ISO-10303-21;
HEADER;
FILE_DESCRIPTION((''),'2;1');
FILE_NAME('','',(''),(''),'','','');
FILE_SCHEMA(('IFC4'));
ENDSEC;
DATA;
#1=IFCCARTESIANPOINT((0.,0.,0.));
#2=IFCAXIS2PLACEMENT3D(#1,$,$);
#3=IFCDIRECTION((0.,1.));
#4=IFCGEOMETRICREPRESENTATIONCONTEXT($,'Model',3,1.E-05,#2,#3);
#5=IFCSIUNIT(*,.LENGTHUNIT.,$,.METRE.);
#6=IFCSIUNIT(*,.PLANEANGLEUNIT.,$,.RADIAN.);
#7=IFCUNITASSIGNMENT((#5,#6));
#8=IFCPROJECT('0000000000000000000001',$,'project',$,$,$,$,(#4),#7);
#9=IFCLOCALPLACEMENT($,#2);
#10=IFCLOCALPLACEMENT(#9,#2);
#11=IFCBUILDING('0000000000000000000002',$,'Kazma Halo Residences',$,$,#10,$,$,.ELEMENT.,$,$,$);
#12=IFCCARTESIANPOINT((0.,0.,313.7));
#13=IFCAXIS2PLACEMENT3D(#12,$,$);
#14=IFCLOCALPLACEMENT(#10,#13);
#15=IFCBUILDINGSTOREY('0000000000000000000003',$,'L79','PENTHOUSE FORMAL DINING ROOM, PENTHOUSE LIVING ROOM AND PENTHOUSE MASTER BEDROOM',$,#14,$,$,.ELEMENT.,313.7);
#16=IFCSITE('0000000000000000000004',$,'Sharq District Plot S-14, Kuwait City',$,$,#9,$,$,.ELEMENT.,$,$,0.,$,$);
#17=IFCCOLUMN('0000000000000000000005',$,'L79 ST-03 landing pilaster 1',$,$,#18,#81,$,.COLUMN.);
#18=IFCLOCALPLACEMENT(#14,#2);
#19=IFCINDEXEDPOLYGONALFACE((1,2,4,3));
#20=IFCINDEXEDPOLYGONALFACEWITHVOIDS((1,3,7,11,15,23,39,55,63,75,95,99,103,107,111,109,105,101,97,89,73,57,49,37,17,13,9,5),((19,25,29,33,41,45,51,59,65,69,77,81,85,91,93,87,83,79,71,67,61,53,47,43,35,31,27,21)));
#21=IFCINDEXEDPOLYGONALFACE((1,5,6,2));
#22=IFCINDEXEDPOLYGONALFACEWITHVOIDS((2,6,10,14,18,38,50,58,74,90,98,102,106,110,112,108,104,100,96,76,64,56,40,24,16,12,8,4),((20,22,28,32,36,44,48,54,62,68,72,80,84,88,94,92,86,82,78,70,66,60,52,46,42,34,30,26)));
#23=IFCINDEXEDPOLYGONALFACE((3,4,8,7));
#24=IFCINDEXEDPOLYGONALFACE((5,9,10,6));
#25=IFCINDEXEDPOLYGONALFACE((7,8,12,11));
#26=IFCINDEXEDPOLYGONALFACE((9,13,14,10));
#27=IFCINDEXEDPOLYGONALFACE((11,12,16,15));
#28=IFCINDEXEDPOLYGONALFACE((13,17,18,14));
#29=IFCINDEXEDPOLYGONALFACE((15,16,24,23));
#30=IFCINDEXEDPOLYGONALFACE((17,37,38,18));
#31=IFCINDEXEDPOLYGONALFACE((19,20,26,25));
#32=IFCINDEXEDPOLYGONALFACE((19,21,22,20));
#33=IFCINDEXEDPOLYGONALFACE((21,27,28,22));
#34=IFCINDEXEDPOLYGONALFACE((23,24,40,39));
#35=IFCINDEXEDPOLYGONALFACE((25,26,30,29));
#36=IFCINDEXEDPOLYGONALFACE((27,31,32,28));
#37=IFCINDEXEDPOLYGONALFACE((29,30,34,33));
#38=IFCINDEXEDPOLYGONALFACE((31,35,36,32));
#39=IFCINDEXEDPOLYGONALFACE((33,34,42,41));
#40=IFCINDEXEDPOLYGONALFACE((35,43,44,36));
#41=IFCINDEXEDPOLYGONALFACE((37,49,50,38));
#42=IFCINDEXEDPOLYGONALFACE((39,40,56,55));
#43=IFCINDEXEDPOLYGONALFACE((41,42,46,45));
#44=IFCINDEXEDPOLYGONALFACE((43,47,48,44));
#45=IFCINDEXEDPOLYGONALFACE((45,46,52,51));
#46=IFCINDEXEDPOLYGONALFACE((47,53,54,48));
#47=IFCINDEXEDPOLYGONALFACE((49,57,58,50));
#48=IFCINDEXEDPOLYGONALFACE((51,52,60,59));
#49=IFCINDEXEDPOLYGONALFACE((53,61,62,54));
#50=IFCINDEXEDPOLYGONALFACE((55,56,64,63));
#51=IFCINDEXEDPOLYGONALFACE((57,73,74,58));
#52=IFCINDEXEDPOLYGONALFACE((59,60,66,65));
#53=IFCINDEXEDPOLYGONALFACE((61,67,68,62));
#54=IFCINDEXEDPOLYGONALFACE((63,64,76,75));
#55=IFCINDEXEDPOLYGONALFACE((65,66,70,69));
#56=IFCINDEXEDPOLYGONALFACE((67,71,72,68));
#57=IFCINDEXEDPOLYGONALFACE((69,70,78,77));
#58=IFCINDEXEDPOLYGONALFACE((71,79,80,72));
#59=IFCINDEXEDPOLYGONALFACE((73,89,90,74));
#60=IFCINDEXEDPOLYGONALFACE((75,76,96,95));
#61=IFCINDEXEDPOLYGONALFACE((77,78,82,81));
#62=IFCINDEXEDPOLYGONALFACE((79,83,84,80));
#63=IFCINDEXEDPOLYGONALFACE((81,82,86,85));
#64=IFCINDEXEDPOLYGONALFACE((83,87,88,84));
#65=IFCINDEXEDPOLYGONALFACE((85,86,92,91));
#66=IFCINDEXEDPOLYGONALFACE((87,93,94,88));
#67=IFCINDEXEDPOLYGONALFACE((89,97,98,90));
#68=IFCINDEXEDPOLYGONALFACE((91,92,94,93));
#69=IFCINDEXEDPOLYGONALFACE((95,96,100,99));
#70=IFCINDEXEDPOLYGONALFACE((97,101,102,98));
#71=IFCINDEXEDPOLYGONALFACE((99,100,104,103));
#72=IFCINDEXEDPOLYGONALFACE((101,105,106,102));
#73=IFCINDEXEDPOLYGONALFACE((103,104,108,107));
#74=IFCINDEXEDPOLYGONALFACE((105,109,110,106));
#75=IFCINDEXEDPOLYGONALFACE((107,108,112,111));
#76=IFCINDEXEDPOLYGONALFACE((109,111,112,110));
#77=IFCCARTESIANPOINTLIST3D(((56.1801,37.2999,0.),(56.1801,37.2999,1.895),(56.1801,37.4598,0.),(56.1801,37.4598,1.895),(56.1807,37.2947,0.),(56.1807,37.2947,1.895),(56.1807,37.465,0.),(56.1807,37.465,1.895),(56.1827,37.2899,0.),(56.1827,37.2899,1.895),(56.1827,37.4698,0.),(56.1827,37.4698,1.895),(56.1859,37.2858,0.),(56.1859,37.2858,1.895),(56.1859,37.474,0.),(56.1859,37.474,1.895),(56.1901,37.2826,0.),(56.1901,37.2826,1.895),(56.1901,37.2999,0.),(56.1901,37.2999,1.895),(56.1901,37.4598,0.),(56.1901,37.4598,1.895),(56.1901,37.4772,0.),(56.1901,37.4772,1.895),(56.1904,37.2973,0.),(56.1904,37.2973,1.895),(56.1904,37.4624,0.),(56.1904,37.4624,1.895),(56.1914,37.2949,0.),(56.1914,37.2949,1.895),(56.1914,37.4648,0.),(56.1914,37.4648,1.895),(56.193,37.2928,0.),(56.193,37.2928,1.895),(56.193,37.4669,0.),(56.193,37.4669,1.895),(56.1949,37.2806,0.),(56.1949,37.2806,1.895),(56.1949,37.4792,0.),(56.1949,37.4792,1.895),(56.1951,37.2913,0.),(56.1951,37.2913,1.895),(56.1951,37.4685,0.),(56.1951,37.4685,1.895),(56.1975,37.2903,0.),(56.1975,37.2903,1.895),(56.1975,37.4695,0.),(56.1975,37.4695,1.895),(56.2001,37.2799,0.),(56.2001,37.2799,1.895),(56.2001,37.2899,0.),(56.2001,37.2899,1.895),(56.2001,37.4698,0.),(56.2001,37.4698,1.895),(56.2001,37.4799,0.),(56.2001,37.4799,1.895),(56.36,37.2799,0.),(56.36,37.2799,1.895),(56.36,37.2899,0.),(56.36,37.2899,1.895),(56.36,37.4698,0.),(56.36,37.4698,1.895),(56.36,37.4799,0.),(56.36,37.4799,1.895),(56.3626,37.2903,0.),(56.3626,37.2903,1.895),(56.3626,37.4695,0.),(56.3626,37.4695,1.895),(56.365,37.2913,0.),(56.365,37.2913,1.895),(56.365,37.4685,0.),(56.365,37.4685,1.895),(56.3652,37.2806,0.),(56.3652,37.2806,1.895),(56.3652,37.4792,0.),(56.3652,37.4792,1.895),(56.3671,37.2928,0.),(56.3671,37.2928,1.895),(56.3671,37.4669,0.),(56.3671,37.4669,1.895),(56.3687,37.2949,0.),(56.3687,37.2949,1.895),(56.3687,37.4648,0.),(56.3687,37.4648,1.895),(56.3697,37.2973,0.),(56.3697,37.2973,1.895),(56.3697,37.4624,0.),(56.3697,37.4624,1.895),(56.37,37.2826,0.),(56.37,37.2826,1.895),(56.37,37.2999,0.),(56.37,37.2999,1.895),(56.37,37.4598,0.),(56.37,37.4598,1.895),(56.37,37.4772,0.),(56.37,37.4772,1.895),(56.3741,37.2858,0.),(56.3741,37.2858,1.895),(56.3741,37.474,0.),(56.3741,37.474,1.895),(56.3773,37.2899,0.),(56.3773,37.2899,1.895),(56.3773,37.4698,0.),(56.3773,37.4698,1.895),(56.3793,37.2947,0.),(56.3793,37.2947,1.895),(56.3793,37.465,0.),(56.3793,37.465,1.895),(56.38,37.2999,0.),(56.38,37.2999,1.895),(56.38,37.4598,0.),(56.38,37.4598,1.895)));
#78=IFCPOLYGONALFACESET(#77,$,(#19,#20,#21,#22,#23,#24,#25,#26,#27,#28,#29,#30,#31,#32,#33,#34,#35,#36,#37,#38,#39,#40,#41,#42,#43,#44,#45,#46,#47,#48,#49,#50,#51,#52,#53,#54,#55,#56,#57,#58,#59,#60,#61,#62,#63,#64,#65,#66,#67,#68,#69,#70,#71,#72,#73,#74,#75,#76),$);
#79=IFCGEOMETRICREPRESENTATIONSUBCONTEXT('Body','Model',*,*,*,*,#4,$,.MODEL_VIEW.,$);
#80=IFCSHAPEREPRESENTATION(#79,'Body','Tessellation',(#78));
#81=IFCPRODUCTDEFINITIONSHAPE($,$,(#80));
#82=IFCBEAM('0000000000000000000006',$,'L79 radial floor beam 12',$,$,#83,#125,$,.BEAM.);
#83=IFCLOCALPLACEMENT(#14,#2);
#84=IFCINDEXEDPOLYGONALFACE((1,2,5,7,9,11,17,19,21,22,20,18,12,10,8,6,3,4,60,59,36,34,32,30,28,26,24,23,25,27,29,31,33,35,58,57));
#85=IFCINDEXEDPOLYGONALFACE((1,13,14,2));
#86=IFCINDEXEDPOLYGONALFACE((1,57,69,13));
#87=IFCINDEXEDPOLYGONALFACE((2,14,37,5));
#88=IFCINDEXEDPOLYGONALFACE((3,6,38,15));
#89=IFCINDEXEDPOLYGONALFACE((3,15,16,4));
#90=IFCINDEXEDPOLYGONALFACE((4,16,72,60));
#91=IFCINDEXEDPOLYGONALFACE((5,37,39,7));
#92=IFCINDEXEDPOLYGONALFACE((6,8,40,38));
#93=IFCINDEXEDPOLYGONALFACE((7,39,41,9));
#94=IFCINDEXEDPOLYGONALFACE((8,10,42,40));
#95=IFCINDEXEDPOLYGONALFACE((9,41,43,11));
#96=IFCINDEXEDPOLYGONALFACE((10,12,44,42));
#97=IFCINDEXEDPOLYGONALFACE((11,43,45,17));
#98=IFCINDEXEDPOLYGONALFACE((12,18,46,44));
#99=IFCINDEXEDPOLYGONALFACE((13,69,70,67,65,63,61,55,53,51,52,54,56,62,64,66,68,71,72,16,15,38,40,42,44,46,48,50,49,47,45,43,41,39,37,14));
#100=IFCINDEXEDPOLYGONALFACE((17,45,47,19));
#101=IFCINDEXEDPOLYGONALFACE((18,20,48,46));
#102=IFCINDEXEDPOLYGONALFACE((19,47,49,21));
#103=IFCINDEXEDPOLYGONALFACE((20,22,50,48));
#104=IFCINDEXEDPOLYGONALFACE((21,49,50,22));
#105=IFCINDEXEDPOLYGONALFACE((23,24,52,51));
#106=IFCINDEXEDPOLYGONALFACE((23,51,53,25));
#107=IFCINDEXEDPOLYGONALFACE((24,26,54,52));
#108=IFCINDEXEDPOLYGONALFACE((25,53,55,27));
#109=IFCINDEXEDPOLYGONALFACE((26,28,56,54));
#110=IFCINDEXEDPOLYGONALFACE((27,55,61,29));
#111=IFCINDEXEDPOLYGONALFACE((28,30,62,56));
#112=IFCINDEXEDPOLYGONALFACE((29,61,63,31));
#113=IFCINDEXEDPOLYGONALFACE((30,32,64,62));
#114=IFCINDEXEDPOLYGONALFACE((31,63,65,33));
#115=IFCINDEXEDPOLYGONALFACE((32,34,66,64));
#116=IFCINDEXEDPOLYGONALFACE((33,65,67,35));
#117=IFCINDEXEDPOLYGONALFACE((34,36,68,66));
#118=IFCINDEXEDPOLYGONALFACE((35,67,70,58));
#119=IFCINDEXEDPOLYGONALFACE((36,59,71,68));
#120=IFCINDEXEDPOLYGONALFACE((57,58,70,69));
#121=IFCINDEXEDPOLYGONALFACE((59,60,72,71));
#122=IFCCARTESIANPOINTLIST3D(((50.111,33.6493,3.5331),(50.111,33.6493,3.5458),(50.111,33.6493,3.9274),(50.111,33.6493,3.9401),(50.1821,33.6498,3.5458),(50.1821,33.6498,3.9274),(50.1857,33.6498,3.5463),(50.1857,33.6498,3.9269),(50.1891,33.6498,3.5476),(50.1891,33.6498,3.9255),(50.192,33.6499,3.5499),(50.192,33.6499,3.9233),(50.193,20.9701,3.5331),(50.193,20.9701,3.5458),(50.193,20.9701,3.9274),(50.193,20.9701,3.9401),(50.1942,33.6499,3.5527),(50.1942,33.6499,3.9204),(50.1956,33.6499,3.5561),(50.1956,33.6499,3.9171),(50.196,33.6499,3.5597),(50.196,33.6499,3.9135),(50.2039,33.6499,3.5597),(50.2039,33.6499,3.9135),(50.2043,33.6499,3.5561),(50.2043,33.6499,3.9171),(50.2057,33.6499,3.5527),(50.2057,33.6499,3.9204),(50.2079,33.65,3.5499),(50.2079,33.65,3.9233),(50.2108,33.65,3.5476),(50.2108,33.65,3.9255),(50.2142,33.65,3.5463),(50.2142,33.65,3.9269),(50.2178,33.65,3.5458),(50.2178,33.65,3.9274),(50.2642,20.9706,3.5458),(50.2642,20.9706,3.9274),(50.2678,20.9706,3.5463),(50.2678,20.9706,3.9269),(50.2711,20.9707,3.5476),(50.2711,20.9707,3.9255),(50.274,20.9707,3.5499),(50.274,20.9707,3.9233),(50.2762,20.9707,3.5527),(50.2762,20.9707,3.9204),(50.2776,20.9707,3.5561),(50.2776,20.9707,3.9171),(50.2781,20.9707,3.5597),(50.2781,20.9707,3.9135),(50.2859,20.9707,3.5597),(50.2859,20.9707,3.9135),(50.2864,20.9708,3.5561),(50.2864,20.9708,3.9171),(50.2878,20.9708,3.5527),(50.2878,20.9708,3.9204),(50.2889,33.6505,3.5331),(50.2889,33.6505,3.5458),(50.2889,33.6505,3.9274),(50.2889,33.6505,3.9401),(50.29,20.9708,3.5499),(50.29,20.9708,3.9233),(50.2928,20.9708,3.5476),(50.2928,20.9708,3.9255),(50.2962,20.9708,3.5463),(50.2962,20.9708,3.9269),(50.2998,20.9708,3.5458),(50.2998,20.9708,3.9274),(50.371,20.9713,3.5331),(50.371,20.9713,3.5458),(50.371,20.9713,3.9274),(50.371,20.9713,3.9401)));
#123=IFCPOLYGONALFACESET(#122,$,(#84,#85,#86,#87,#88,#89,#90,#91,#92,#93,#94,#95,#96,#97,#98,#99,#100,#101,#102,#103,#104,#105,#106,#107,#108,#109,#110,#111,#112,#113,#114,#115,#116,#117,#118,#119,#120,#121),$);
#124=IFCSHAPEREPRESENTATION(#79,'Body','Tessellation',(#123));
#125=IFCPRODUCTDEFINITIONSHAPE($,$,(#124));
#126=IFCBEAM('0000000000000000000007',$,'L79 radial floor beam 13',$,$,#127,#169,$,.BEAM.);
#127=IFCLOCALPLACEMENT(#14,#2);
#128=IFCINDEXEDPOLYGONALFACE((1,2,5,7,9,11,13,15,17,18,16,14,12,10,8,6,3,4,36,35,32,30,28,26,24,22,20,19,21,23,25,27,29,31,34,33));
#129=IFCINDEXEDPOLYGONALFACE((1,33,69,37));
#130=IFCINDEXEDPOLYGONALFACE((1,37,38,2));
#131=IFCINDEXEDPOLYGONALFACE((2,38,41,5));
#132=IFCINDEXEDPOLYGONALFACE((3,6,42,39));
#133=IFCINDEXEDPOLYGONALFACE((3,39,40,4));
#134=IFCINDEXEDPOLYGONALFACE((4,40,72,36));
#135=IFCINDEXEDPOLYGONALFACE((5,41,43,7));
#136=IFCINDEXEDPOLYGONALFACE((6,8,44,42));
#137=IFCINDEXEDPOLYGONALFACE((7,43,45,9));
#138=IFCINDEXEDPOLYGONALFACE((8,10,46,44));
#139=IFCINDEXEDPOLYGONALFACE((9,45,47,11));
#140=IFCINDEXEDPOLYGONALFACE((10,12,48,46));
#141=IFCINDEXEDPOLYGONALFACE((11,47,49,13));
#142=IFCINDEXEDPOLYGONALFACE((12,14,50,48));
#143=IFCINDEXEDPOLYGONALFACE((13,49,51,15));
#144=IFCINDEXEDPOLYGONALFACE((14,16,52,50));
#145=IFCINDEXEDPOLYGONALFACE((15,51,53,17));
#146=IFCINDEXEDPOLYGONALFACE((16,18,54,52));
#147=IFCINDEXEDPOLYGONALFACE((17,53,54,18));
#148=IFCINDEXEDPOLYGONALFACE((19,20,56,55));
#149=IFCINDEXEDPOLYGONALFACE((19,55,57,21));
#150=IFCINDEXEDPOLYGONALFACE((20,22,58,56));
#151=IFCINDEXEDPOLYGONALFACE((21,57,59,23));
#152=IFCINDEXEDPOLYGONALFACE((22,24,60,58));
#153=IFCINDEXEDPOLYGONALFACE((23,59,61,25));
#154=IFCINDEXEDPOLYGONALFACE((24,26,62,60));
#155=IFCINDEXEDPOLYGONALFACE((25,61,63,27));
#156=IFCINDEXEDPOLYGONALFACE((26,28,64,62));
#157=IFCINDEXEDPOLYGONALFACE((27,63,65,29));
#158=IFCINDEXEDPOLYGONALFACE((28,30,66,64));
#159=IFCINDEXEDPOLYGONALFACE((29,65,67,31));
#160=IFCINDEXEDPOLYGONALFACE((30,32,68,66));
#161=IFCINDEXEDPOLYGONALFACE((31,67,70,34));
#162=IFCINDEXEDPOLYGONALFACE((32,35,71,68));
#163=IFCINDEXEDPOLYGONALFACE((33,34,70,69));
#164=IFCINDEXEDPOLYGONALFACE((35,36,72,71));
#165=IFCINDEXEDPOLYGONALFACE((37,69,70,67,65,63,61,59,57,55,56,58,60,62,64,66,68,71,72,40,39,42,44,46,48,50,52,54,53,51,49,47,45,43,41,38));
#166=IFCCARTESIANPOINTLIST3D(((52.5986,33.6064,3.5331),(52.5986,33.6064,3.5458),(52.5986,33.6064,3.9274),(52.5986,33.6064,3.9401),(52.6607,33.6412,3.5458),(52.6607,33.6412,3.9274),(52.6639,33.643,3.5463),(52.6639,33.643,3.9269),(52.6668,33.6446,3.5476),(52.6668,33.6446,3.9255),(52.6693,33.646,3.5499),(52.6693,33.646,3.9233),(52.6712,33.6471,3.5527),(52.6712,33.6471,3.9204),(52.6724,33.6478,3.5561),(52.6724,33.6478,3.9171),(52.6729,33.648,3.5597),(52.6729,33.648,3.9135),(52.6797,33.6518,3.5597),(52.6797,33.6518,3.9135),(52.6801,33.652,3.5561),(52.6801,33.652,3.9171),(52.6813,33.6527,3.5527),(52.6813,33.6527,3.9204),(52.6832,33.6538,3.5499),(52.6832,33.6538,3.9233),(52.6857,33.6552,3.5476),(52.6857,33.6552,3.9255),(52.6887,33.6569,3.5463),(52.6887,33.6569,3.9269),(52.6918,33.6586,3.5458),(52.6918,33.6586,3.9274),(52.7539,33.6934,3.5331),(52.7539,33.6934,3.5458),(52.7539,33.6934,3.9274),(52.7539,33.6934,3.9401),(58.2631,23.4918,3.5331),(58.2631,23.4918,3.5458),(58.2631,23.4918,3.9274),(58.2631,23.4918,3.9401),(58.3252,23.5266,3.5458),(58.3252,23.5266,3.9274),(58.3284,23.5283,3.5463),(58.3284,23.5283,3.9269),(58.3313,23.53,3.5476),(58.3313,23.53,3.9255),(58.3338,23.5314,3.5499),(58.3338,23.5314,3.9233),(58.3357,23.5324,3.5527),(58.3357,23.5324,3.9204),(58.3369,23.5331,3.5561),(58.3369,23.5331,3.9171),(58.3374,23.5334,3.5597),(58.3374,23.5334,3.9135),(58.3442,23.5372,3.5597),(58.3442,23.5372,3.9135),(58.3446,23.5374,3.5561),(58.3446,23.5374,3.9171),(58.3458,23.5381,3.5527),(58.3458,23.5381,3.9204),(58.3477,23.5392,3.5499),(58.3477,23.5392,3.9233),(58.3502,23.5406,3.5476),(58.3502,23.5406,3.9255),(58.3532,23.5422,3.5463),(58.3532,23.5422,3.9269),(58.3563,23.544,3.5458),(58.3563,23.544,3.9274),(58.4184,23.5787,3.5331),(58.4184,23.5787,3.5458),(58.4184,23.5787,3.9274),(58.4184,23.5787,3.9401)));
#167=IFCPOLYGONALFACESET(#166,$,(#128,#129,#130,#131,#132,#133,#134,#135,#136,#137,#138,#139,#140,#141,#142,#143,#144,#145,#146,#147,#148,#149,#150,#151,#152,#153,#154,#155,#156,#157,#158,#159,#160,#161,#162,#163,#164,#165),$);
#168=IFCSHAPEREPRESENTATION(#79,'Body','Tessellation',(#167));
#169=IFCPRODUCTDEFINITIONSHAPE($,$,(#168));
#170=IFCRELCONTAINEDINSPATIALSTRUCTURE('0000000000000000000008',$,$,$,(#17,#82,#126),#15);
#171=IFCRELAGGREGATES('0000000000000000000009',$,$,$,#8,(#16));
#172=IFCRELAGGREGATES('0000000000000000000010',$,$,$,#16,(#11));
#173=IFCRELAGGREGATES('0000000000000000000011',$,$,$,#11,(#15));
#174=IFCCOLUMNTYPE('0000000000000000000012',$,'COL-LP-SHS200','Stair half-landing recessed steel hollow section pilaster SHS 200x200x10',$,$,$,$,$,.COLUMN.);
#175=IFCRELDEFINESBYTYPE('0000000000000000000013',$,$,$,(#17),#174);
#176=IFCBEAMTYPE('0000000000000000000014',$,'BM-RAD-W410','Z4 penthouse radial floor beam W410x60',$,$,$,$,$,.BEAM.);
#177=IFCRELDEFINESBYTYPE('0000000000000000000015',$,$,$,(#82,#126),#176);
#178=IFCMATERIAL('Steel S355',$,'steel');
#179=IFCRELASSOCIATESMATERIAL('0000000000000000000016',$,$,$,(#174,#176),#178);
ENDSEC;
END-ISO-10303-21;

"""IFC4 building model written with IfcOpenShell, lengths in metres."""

from ifc_helpers import new_model, si_unit, direction, frame, origin, origin_2d, place, context, subcontext, project, spatial, hollow_rectangle, i_section, extrude, material, material_profile, profile_set, type_object, element, save


model = new_model("IFC4")

# Units and contexts
model_context = context("Model", 3, precision=1e-05, world=origin(), true_north=direction((0.0, 1.0)))
body_context = subcontext(model_context, "Body", "Model", "MODEL_VIEW")
ifc_project = project(units=[si_unit("LENGTHUNIT", "METRE"), si_unit("PLANEANGLEUNIT", "RADIAN")], contexts=[model_context])

# Site, building, storey
site_placement = place(None, origin())
site = spatial("IfcSite", under=ifc_project, at=site_placement, Name="Sharq District Plot S-14, Kuwait City", CompositionType="ELEMENT", RefElevation=0.0)
building_placement = place(site_placement, origin())
building = spatial("IfcBuilding", under=site, at=building_placement, Name="Kazma Halo Residences", CompositionType="ELEMENT")
storey_placement = place(building_placement, frame((0.0, 0.0, 313.7)))
storey = spatial("IfcBuildingStorey", under=building, at=storey_placement, Name="L79", Description="PENTHOUSE FORMAL DINING ROOM, PENTHOUSE LIVING ROOM AND PENTHOUSE MASTER BEDROOM", CompositionType="ELEMENT", Elevation=313.7)

# Column
ifc_material_1 = material(Name="Steel S355", Category="steel")
ifc_material_profile_1 = material_profile(ifc_material_1, hollow_rectangle(XDim=0.2, YDim=0.2, WallThickness=0.01, InnerFilletRadius=0.01, OuterFilletRadius=0.02, at=origin_2d()), Name="SHS200x200x10")
ifc_profile_set_1 = profile_set([ifc_material_profile_1], Name="Steel S355")
column_type = type_object("IfcColumnType", Name="COL-LP-SHS200", Description="Stair half-landing recessed steel hollow section pilaster SHS 200x200x10", PredefinedType="COLUMN", material=ifc_profile_set_1)
column_placement = place(storey_placement, frame((56.28, 37.3799, 0.0), z_axis=(0.0, 0.0, 1.0), x_axis=(1.0, 0.0, 0.0)))
element("IfcColumn", 1, at=column_placement, inside=storey, type_object=column_type, Name="L79 ST-03 landing pilaster 1", PredefinedType="COLUMN", context=body_context, shape_type="SweptSolid", body=[
    extrude(hollow_rectangle(XDim=0.2, YDim=0.2, WallThickness=0.01, InnerFilletRadius=0.01, OuterFilletRadius=0.02, at=origin_2d()), origin(), (0.0, 0.0, 1.0), 1.895),
])

# Beams
ifc_material_profile_2 = material_profile(ifc_material_1, i_section(OverallWidth=0.178, OverallDepth=0.407, WebThickness=0.0078, FlangeThickness=0.0127, FilletRadius=0.0139, at=origin_2d()), Name="W410x60")
ifc_profile_set_2 = profile_set([ifc_material_profile_2], Name="Steel S355")
beam_type_1 = type_object("IfcBeamType", Name="BM-RAD-W410", Description="Z4 penthouse radial floor beam W410x60", PredefinedType="BEAM", material=ifc_profile_set_2)
beam_1_placement = place(storey_placement, frame((50.2, 33.6499, 3.7366), z_axis=(0.00647, -0.999979, 0.0), x_axis=(0.999979, 0.00647, 0.0)))
element("IfcBeam", 2, at=beam_1_placement, inside=storey, type_object=beam_type_1, Name="L79 radial floor beam 12", PredefinedType="BEAM", context=body_context, shape_type="SweptSolid", body=[
    extrude(i_section(OverallWidth=0.178, OverallDepth=0.407, WebThickness=0.0078, FlangeThickness=0.0127, FilletRadius=0.0139, at=origin_2d()), origin(), (0.0, 0.0, 1.0), 12.6794),
])
beam_2_placement = place(storey_placement, frame((52.6763, 33.6499, 3.7366), z_axis=(0.488623, -0.872495, 0.0), x_axis=(0.872495, 0.488623, 0.0)))
element("IfcBeam", 3, at=beam_2_placement, inside=storey, type_object=beam_type_1, Name="L79 radial floor beam 13", PredefinedType="BEAM", context=body_context, shape_type="SweptSolid", body=[
    extrude(i_section(OverallWidth=0.178, OverallDepth=0.407, WebThickness=0.0078, FlangeThickness=0.0127, FilletRadius=0.0139, at=origin_2d()), origin(), (0.0, 0.0, 1.0), 11.5928),
])

save(model, "model.ifc")
